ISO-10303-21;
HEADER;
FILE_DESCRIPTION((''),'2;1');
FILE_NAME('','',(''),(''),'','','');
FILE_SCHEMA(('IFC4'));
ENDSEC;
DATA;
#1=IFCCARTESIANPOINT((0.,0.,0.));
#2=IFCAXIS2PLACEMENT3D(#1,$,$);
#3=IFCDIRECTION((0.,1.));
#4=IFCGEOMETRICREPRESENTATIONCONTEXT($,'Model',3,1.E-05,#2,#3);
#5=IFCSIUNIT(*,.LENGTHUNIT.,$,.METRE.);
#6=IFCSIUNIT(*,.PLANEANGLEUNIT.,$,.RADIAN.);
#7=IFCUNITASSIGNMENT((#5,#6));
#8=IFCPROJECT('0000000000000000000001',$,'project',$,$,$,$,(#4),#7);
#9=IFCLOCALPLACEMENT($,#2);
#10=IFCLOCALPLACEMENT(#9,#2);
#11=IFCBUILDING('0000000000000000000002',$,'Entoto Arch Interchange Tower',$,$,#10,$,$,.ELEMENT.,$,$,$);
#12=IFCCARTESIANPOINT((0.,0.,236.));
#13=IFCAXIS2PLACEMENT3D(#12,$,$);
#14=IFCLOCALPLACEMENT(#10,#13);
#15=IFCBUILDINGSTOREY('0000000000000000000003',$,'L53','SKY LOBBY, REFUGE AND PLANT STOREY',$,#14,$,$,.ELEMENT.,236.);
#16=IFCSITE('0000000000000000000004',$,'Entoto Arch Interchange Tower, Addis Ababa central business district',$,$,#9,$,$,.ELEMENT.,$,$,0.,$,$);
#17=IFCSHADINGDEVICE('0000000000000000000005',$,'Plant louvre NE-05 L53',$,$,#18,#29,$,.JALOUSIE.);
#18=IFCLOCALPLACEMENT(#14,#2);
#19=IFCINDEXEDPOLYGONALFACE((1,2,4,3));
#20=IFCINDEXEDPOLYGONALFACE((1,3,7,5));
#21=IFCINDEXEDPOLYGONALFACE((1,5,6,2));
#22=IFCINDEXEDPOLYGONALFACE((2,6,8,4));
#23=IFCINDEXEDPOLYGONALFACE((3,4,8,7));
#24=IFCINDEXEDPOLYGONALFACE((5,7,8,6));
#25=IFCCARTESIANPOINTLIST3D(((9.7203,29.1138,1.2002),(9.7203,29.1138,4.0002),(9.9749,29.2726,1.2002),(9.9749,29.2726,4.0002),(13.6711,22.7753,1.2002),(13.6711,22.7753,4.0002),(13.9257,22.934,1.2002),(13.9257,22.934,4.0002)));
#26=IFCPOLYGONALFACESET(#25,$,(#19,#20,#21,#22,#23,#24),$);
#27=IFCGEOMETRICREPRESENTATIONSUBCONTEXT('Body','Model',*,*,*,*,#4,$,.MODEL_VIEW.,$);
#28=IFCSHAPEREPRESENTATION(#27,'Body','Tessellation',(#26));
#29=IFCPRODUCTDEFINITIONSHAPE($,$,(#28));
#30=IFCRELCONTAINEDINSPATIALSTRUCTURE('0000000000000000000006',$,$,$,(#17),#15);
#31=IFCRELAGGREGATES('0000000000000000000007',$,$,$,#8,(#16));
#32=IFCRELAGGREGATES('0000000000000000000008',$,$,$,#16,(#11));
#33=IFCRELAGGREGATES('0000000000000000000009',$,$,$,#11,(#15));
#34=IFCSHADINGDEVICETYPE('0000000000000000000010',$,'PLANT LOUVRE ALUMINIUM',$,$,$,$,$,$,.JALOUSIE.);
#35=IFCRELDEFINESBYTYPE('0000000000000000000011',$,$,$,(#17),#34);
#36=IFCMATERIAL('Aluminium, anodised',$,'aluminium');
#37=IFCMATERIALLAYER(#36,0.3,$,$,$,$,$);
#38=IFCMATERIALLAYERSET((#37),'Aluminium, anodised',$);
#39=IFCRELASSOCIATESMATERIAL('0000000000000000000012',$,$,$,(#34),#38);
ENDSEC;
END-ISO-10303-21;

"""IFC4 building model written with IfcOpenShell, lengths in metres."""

from ifc_helpers import new_model, si_unit, direction, frame, origin, origin_2d, place, context, subcontext, project, spatial, rectangle, extrude, material, layer, layer_set, type_object, element, save


model = new_model("IFC4")

# Units and contexts
model_context = context("Model", 3, precision=1e-05, world=origin(), true_north=direction((0.0, 1.0)))
body_context = subcontext(model_context, "Body", "Model", "MODEL_VIEW")
ifc_project = project(units=[si_unit("LENGTHUNIT", "METRE"), si_unit("PLANEANGLEUNIT", "RADIAN")], contexts=[model_context])

# Site, building, storey
site_placement = place(None, origin())
site = spatial("IfcSite", under=ifc_project, at=site_placement, Name="Entoto Arch Interchange Tower, Addis Ababa central business district", CompositionType="ELEMENT", RefElevation=0.0)
building_placement = place(site_placement, origin())
building = spatial("IfcBuilding", under=site, at=building_placement, Name="Entoto Arch Interchange Tower", CompositionType="ELEMENT")
storey_placement = place(building_placement, frame((0.0, 0.0, 236.0)))
storey = spatial("IfcBuildingStorey", under=building, at=storey_placement, Name="L53", Description="SKY LOBBY, REFUGE AND PLANT STOREY", CompositionType="ELEMENT", Elevation=236.0)

# Shading device
ifc_material_1 = material(Name="Aluminium, anodised", Category="aluminium")
ifc_layer_1 = layer(ifc_material_1, 0.3)
ifc_layer_set_1 = layer_set([ifc_layer_1], Name="Aluminium, anodised")
shading_device_type = type_object("IfcShadingDeviceType", Name="PLANT LOUVRE ALUMINIUM", PredefinedType="JALOUSIE", material=ifc_layer_set_1)
shading_device_1_placement = place(storey_placement, frame((11.823, 26.0239, 1.2002), z_axis=(0.0, 0.0, 1.0), x_axis=(-0.528957, 0.848649, 0.0)))
element("IfcShadingDevice", 1, at=shading_device_1_placement, inside=storey, type_object=shading_device_type, Name="Plant louvre NE-05 L53", PredefinedType="JALOUSIE", context=body_context, shape_type="SweptSolid", body=[
    extrude(rectangle(XDim=7.469, YDim=0.3, at=origin_2d()), origin(), (0.0, 0.0, 1.0), 2.8),
])

save(model, "model.ifc")
